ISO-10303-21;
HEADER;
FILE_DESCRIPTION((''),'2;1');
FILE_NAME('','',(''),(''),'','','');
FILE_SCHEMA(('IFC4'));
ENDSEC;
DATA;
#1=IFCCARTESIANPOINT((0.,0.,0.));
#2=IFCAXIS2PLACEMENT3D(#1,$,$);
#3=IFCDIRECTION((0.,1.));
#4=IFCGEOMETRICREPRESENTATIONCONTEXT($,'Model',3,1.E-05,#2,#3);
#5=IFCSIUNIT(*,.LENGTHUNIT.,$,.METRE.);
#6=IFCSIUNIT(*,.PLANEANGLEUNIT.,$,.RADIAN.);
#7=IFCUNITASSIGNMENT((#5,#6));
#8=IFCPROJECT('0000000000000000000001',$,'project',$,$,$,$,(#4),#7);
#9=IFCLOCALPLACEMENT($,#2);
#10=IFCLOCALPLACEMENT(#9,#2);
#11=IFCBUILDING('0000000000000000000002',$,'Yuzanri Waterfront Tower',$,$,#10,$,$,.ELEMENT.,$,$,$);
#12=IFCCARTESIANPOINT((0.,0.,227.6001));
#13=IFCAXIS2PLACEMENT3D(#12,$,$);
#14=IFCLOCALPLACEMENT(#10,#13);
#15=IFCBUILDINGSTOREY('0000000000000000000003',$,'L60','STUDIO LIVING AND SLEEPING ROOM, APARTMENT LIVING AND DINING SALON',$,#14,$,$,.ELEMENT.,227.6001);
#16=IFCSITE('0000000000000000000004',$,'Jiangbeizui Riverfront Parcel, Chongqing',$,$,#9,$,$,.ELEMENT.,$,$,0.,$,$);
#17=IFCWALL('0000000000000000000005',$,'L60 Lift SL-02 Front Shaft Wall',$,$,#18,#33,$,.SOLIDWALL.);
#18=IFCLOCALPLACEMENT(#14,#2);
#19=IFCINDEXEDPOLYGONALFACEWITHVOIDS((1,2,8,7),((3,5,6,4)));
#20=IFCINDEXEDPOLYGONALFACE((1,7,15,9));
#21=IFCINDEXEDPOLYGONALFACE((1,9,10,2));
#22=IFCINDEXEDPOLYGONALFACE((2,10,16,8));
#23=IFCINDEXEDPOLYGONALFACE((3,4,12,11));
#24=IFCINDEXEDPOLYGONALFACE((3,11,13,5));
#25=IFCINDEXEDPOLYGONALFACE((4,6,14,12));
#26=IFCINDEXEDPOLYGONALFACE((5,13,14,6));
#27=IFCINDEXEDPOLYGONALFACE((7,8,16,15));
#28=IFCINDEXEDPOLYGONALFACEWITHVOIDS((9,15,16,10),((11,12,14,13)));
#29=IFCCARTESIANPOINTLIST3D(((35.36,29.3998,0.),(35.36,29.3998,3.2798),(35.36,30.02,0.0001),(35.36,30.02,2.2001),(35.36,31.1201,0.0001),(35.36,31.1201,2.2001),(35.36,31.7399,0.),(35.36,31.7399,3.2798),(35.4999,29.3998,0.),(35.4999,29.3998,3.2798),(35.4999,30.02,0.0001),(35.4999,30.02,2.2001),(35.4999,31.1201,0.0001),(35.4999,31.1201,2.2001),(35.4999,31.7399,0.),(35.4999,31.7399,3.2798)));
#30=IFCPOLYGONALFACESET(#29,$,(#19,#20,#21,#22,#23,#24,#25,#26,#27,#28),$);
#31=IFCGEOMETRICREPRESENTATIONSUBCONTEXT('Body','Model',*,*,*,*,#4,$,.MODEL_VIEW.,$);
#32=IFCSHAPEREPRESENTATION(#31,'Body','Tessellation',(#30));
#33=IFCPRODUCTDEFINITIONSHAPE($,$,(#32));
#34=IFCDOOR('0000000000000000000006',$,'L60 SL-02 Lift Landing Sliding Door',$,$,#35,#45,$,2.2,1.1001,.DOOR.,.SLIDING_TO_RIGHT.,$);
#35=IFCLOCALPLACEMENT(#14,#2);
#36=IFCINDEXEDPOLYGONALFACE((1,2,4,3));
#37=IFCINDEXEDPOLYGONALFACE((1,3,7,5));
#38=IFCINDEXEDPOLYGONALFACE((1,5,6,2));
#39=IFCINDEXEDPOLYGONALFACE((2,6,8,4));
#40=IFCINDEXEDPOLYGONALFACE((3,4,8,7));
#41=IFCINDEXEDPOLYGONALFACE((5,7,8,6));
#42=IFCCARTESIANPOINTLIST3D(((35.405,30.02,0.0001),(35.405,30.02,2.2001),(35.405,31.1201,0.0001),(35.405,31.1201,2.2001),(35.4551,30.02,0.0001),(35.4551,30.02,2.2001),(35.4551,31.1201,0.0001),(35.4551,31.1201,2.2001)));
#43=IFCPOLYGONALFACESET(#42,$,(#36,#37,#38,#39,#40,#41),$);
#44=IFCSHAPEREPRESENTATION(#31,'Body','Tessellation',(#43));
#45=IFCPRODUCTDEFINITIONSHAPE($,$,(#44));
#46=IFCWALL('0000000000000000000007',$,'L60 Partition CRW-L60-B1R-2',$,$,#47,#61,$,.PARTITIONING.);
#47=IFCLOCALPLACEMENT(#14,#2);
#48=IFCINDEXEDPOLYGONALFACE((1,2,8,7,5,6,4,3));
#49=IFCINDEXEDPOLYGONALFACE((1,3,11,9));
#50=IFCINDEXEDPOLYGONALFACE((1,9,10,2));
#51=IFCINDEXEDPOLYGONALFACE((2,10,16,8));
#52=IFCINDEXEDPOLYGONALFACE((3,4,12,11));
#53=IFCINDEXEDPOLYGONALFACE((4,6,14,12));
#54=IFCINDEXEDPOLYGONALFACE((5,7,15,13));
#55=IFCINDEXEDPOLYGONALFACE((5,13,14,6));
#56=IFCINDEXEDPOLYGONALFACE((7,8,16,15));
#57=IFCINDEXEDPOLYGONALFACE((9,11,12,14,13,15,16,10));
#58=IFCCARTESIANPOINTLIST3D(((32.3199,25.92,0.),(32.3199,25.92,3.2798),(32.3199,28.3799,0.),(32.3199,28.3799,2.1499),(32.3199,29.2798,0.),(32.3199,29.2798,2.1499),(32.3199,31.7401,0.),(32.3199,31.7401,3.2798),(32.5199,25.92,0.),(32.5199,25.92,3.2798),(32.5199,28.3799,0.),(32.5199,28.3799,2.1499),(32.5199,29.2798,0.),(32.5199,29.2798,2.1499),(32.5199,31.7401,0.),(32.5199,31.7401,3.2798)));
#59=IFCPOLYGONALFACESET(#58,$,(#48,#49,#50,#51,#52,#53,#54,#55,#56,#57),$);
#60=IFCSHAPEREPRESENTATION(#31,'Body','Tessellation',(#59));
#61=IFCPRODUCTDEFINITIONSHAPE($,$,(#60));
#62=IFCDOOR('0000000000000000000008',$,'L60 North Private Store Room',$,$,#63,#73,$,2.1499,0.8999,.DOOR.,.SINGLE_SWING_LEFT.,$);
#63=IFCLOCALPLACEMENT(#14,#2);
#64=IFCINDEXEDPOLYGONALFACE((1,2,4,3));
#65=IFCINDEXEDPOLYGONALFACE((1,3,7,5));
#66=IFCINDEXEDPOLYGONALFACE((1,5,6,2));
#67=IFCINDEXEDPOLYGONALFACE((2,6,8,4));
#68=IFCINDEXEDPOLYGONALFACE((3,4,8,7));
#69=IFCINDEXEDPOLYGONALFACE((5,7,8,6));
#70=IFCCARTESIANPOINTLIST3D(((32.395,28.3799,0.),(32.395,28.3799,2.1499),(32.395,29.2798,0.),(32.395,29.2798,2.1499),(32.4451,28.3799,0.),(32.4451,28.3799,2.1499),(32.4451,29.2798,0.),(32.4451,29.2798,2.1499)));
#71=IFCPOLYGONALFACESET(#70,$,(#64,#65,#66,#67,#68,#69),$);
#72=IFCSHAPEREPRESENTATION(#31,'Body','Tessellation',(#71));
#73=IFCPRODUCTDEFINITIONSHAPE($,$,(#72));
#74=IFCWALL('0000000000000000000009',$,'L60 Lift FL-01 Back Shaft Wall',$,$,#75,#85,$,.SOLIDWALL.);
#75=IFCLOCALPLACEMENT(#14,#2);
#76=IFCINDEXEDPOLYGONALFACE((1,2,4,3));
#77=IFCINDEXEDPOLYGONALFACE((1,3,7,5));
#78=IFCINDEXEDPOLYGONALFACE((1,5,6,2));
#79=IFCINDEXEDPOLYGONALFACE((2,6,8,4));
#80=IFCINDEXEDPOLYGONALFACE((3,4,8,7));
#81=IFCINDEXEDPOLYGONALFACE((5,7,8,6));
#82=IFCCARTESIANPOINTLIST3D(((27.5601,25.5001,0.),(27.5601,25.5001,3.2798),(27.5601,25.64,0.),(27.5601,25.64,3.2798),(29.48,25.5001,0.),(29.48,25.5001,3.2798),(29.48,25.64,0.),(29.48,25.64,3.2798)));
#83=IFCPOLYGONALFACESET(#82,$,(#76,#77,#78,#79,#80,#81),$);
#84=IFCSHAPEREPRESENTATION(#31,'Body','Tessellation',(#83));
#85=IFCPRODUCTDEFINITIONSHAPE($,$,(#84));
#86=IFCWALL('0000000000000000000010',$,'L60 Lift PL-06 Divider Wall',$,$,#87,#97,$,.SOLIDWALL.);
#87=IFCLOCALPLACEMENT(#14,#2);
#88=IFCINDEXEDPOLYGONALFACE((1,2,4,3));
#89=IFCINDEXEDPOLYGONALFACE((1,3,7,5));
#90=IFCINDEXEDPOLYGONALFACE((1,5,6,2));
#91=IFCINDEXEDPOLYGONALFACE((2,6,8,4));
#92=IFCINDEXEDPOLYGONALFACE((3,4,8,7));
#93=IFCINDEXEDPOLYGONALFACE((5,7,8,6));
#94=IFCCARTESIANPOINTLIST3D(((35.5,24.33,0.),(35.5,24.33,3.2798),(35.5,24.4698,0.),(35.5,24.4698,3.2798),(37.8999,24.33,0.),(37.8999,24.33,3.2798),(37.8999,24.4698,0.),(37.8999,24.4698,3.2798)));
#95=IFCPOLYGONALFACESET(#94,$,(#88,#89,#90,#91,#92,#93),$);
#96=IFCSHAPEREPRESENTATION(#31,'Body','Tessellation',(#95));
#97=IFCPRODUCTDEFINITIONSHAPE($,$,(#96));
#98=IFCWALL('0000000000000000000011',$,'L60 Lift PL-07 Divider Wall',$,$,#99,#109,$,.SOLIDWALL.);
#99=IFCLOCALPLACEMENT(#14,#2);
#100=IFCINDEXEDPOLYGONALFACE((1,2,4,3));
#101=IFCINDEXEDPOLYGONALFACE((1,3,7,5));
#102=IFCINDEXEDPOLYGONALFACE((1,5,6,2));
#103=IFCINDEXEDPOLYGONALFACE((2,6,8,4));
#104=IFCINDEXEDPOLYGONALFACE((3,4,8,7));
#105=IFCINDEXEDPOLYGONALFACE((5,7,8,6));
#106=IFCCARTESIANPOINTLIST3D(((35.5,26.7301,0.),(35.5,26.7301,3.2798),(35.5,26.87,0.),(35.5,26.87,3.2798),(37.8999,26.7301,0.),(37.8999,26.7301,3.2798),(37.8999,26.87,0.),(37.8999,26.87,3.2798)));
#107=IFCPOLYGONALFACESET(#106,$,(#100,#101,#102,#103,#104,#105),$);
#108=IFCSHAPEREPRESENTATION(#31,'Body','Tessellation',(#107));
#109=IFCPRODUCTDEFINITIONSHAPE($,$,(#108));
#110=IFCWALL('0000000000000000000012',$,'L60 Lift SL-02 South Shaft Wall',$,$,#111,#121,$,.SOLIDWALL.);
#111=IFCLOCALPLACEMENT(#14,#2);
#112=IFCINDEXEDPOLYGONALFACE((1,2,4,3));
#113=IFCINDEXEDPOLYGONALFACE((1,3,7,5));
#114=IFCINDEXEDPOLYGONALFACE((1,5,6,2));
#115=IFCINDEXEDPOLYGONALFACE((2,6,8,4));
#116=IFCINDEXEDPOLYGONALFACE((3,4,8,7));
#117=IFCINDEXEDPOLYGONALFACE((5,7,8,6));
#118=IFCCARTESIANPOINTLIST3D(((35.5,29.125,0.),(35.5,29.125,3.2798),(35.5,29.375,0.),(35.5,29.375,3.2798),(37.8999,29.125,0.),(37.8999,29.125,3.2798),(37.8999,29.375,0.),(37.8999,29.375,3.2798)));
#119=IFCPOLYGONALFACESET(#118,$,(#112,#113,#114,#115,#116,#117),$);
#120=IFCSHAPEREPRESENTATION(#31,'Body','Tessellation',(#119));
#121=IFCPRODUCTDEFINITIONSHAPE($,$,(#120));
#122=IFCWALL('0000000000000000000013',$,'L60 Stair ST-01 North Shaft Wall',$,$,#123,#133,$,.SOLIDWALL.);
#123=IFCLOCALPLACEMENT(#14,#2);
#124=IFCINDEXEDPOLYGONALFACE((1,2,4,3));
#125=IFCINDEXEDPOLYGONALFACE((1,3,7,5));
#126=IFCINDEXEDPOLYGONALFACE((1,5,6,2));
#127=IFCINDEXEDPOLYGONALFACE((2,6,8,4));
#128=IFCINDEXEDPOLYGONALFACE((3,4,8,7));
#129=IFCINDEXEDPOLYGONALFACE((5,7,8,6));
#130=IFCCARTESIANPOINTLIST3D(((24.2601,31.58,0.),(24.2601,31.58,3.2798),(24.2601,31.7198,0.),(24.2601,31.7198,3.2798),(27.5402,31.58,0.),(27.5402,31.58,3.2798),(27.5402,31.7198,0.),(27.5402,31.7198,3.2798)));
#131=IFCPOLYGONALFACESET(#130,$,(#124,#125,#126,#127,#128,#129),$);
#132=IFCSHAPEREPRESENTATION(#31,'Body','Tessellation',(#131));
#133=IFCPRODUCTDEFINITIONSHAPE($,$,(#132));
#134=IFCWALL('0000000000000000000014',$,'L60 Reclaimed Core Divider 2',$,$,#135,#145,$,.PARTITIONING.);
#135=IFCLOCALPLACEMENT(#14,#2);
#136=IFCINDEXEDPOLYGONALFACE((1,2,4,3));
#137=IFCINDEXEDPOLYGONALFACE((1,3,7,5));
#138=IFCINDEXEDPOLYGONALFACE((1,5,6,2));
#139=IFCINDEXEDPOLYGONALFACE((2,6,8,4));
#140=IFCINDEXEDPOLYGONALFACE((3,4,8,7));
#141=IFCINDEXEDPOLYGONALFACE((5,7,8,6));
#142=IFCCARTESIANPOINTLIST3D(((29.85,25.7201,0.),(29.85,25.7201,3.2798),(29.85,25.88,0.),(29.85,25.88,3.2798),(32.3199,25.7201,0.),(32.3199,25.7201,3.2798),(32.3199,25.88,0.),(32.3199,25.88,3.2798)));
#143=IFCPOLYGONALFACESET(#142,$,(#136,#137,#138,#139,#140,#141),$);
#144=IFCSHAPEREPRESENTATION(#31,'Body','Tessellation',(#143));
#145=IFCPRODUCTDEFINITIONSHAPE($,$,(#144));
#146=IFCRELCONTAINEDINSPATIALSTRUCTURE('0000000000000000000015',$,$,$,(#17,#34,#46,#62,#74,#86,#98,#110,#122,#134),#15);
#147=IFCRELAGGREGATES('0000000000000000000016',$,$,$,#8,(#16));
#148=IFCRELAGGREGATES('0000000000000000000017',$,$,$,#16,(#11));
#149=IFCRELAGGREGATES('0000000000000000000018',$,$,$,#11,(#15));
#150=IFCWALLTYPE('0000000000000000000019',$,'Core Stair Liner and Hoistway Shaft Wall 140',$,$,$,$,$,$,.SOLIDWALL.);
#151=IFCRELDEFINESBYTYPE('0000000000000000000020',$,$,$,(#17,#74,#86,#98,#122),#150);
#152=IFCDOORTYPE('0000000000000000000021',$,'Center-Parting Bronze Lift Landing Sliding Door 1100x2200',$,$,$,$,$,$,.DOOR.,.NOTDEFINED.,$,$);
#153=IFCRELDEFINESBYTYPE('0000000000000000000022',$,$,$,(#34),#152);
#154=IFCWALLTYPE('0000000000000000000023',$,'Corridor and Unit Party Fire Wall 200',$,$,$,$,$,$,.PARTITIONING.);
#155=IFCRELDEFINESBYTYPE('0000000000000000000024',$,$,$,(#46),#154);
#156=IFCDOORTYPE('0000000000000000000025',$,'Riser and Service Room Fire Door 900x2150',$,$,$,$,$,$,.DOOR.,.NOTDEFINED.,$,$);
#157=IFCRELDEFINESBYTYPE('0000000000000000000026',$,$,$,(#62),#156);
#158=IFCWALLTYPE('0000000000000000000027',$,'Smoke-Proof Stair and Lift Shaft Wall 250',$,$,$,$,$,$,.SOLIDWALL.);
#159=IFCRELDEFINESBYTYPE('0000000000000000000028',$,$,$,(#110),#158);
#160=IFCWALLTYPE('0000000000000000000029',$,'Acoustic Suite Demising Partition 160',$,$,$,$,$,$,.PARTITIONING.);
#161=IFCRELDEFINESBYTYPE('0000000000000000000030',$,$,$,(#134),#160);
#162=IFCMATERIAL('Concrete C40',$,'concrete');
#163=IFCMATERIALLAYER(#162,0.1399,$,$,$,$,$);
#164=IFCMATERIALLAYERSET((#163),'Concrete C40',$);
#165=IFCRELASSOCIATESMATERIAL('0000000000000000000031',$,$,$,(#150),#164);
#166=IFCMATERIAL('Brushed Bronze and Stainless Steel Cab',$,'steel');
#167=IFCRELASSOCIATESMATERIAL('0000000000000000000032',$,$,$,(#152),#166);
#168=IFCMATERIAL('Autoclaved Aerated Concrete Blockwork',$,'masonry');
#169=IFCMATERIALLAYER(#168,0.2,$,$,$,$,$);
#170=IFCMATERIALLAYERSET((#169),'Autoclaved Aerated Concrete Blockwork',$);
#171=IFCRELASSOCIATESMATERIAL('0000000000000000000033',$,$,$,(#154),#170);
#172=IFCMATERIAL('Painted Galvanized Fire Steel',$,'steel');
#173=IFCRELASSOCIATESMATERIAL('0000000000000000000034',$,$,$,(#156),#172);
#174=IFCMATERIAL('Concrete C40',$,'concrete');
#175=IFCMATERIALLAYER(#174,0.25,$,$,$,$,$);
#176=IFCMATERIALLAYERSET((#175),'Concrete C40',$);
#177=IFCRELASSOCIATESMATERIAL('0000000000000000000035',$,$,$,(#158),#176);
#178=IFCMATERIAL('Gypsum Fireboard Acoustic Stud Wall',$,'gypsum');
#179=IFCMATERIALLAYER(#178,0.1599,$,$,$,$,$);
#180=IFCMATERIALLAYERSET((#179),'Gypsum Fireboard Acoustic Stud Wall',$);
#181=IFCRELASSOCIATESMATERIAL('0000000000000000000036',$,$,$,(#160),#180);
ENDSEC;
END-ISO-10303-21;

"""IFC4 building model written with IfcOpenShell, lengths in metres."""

from ifc_helpers import new_model, si_unit, direction, frame, frame_2d, origin, place, context, subcontext, project, spatial, rectangle, extrude, source, transform, mapped, material, layer, layer_set, type_object, element, fill, save


model = new_model("IFC4")

# Units and contexts
model_context = context("Model", 3, precision=1e-05, world=origin(), true_north=direction((0.0, 1.0)))
body_context = subcontext(model_context, "Body", "Model", "MODEL_VIEW")
ifc_project = project(units=[si_unit("LENGTHUNIT", "METRE"), si_unit("PLANEANGLEUNIT", "RADIAN")], contexts=[model_context])

# Site, building, storey
site_placement = place(None, origin())
site = spatial("IfcSite", under=ifc_project, at=site_placement, Name="Jiangbeizui Riverfront Parcel, Chongqing", CompositionType="ELEMENT", RefElevation=0.0)
building_placement = place(site_placement, origin())
building = spatial("IfcBuilding", under=site, at=building_placement, Name="Yuzanri Waterfront Tower", CompositionType="ELEMENT")
storey_placement = place(building_placement, frame((0.0, 0.0, 227.6001)))
storey = spatial("IfcBuildingStorey", under=building, at=storey_placement, Name="L60", Description="STUDIO LIVING AND SLEEPING ROOM, APARTMENT LIVING AND DINING SALON", CompositionType="ELEMENT", Elevation=227.6001)

# Walls, openings, doors
ifc_material_1 = material(Name="Concrete C40", Category="concrete")
ifc_layer_1 = layer(ifc_material_1, 0.1399)
ifc_layer_set_1 = layer_set([ifc_layer_1], Name="Concrete C40")
wall_type_1 = type_object("IfcWallType", Name="Core Stair Liner and Hoistway Shaft Wall 140", PredefinedType="SOLIDWALL", material=ifc_layer_set_1)
ifc_material_2 = material(Name="Brushed Bronze and Stainless Steel Cab", Category="steel")
door_type_1 = type_object("IfcDoorType", Name="Center-Parting Bronze Lift Landing Sliding Door 1100x2200", OperationType="NOTDEFINED", PredefinedType="DOOR", material=ifc_material_2)
shared_shape_1 = source(origin(), body_context, "Body", "SweptSolid", [
    extrude(rectangle(XDim=1.1001, YDim=2.2, at=frame_2d((0.55, 1.1001))), frame((0.0, 0.0249, 0.0), z_axis=(0.0, -1.0, 0.0), x_axis=(1.0, 0.0, 0.0)), (0.0, 0.0, 1.0), 0.05),
])
wall_1_placement = place(storey_placement, frame((35.4299, 29.3999, 0.0), z_axis=(0.0, 0.0, 1.0), x_axis=(0.0, 1.0, 0.0)))
wall_1 = element("IfcWall", 1, at=wall_1_placement, inside=storey, type_object=wall_type_1, Name="L60 Lift SL-02 Front Shaft Wall", PredefinedType="SOLIDWALL", context=body_context, shape_type="SweptSolid", body=[
    extrude(rectangle(XDim=2.3401, YDim=0.1399, at=frame_2d((1.1699, 0.0))), origin(), (0.0, 0.0, 1.0), 3.2798),
])
opening_1_placement = place(wall_1_placement, frame((0.6201, 0.0, 0.0)))
opening_1 = element("IfcOpeningElement", 2, at=opening_1_placement, cuts=wall_1, PredefinedType="OPENING", context=body_context, shape_type="SweptSolid", body=[
    extrude(rectangle(XDim=1.1001, YDim=2.2, at=frame_2d((0.55, 1.1001))), frame((0.0, 0.085, 0.0), z_axis=(0.0, -1.0, 0.0), x_axis=(1.0, 0.0, 0.0)), (0.0, 0.0, 1.0), 0.1697),
])
door_1_placement = place(opening_1_placement, origin())
door_1 = element("IfcDoor", 3, at=door_1_placement, inside=storey, type_object=door_type_1, Name="L60 SL-02 Lift Landing Sliding Door", OperationType="SLIDING_TO_RIGHT", OverallHeight=2.2, OverallWidth=1.1001, PredefinedType="DOOR", context=body_context, shape_type="MappedRepresentation", body=[
    mapped(shared_shape_1, transform((0.0, 0.0, 0.0), scale=1.0)),
])
fill(opening_1, door_1)
ifc_material_3 = material(Name="Autoclaved Aerated Concrete Blockwork", Category="masonry")
ifc_layer_2 = layer(ifc_material_3, 0.2)
ifc_layer_set_2 = layer_set([ifc_layer_2], Name="Autoclaved Aerated Concrete Blockwork")
wall_type_2 = type_object("IfcWallType", Name="Corridor and Unit Party Fire Wall 200", PredefinedType="PARTITIONING", material=ifc_layer_set_2)
ifc_material_4 = material(Name="Painted Galvanized Fire Steel", Category="steel")
door_type_2 = type_object("IfcDoorType", Name="Riser and Service Room Fire Door 900x2150", OperationType="NOTDEFINED", PredefinedType="DOOR", material=ifc_material_4)
shared_shape_2 = source(origin(), body_context, "Body", "SweptSolid", [
    extrude(rectangle(XDim=0.8999, YDim=2.1499, at=frame_2d((0.45, 1.075))), frame((0.0, 0.0249, 0.0), z_axis=(0.0, -1.0, 0.0), x_axis=(1.0, 0.0, 0.0)), (0.0, 0.0, 1.0), 0.05),
])
wall_2_placement = place(storey_placement, frame((32.4199, 25.9199, 0.0), z_axis=(0.0, 0.0, 1.0), x_axis=(0.0, 1.0, 0.0)))
wall_2 = element("IfcWall", 4, at=wall_2_placement, inside=storey, type_object=wall_type_2, Name="L60 Partition CRW-L60-B1R-2", PredefinedType="PARTITIONING", context=body_context, shape_type="SweptSolid", body=[
    extrude(rectangle(XDim=5.8201, YDim=0.2, at=frame_2d((2.9102, 0.0))), origin(), (0.0, 0.0, 1.0), 3.2798),
])
opening_2_placement = place(wall_2_placement, frame((2.46, 0.0, 0.0)))
opening_2 = element("IfcOpeningElement", 5, at=opening_2_placement, cuts=wall_2, PredefinedType="OPENING", context=body_context, shape_type="SweptSolid", body=[
    extrude(rectangle(XDim=0.8999, YDim=2.1499, at=frame_2d((0.45, 1.075))), frame((0.0, 0.1147, 0.0), z_axis=(0.0, -1.0, 0.0), x_axis=(1.0, 0.0, 0.0)), (0.0, 0.0, 1.0), 0.2297),
])
door_2_placement = place(opening_2_placement, origin())
door_2 = element("IfcDoor", 6, at=door_2_placement, inside=storey, type_object=door_type_2, Name="L60 North Private Store Room", OperationType="SINGLE_SWING_LEFT", OverallHeight=2.1499, OverallWidth=0.8999, PredefinedType="DOOR", context=body_context, shape_type="MappedRepresentation", body=[
    mapped(shared_shape_2, transform((0.0, 0.0, 0.0), scale=1.0)),
])
fill(opening_2, door_2)

# Walls
shared_shape_3 = source(origin(), body_context, "Body", "SweptSolid", [
    extrude(rectangle(XDim=1.9199, YDim=0.1399, at=frame_2d((0.96, 0.0))), origin(), (0.0, 0.0, 1.0), 3.2798),
])
wall_3_placement = place(storey_placement, frame((27.5601, 25.5701, 0.0), z_axis=(0.0, 0.0, 1.0), x_axis=(1.0, 0.0, 0.0)))
element("IfcWall", 7, at=wall_3_placement, inside=storey, type_object=wall_type_1, Name="L60 Lift FL-01 Back Shaft Wall", PredefinedType="SOLIDWALL", context=body_context, shape_type="MappedRepresentation", body=[
    mapped(shared_shape_3, transform((0.0, 0.0, 0.0), scale=1.0)),
])
shared_shape_4 = source(origin(), body_context, "Body", "SweptSolid", [
    extrude(rectangle(XDim=2.3999, YDim=0.1399, at=frame_2d((1.2, 0.0))), origin(), (0.0, 0.0, 1.0), 3.2798),
])
for number, where, z_axis, x_axis, name in (
    (8, (35.5, 24.3999, 0.0), (0.0, 0.0, 1.0), (1.0, 0.0, 0.0), "L60 Lift PL-06 Divider Wall"),
    (9, (35.5, 26.8, 0.0), (0.0, 0.0, 1.0), (1.0, 0.0, 0.0), "L60 Lift PL-07 Divider Wall"),
):
    element("IfcWall", number, at=place(storey_placement, frame(where, z_axis=z_axis, x_axis=x_axis)), inside=storey, type_object=wall_type_1, Name=name, PredefinedType="SOLIDWALL", context=body_context, shape_type="MappedRepresentation", body=[
        mapped(shared_shape_4, transform((0.0, 0.0, 0.0), scale=1.0)),
    ])
ifc_material_5 = material(Name="Concrete C40", Category="concrete")
ifc_layer_3 = layer(ifc_material_5, 0.25)
ifc_layer_set_3 = layer_set([ifc_layer_3], Name="Concrete C40")
wall_type_3 = type_object("IfcWallType", Name="Smoke-Proof Stair and Lift Shaft Wall 250", PredefinedType="SOLIDWALL", material=ifc_layer_set_3)
shared_shape_5 = source(origin(), body_context, "Body", "SweptSolid", [
    extrude(rectangle(XDim=2.3999, YDim=0.25, at=frame_2d((1.2, 0.0))), origin(), (0.0, 0.0, 1.0), 3.2798),
])
wall_4_placement = place(storey_placement, frame((35.5, 29.25, 0.0), z_axis=(0.0, 0.0, 1.0), x_axis=(1.0, 0.0, 0.0)))
element("IfcWall", 10, at=wall_4_placement, inside=storey, type_object=wall_type_3, Name="L60 Lift SL-02 South Shaft Wall", PredefinedType="SOLIDWALL", context=body_context, shape_type="MappedRepresentation", body=[
    mapped(shared_shape_5, transform((0.0, 0.0, 0.0), scale=1.0)),
])
shared_shape_6 = source(origin(), body_context, "Body", "SweptSolid", [
    extrude(rectangle(XDim=3.28, YDim=0.1399, at=frame_2d((1.6401, 0.0))), origin(), (0.0, 0.0, 1.0), 3.2798),
])
wall_5_placement = place(storey_placement, frame((24.26, 31.6499, 0.0), z_axis=(0.0, 0.0, 1.0), x_axis=(1.0, 0.0, 0.0)))
element("IfcWall", 11, at=wall_5_placement, inside=storey, type_object=wall_type_1, Name="L60 Stair ST-01 North Shaft Wall", PredefinedType="SOLIDWALL", context=body_context, shape_type="MappedRepresentation", body=[
    mapped(shared_shape_6, transform((0.0, 0.0, 0.0), scale=1.0)),
])
ifc_material_6 = material(Name="Gypsum Fireboard Acoustic Stud Wall", Category="gypsum")
ifc_layer_4 = layer(ifc_material_6, 0.1599)
ifc_layer_set_4 = layer_set([ifc_layer_4], Name="Gypsum Fireboard Acoustic Stud Wall")
wall_type_4 = type_object("IfcWallType", Name="Acoustic Suite Demising Partition 160", PredefinedType="PARTITIONING", material=ifc_layer_set_4)
shared_shape_7 = source(origin(), body_context, "Body", "SweptSolid", [
    extrude(rectangle(XDim=2.47, YDim=0.1599, at=frame_2d((1.2349, 0.0))), origin(), (0.0, 0.0, 1.0), 3.2798),
])
wall_6_placement = place(storey_placement, frame((29.8501, 25.8, 0.0), z_axis=(0.0, 0.0, 1.0), x_axis=(1.0, 0.0, 0.0)))
element("IfcWall", 12, at=wall_6_placement, inside=storey, type_object=wall_type_4, Name="L60 Reclaimed Core Divider 2", PredefinedType="PARTITIONING", context=body_context, shape_type="MappedRepresentation", body=[
    mapped(shared_shape_7, transform((0.0, 0.0, 0.0), scale=1.0)),
])

save(model, "model.ifc")
